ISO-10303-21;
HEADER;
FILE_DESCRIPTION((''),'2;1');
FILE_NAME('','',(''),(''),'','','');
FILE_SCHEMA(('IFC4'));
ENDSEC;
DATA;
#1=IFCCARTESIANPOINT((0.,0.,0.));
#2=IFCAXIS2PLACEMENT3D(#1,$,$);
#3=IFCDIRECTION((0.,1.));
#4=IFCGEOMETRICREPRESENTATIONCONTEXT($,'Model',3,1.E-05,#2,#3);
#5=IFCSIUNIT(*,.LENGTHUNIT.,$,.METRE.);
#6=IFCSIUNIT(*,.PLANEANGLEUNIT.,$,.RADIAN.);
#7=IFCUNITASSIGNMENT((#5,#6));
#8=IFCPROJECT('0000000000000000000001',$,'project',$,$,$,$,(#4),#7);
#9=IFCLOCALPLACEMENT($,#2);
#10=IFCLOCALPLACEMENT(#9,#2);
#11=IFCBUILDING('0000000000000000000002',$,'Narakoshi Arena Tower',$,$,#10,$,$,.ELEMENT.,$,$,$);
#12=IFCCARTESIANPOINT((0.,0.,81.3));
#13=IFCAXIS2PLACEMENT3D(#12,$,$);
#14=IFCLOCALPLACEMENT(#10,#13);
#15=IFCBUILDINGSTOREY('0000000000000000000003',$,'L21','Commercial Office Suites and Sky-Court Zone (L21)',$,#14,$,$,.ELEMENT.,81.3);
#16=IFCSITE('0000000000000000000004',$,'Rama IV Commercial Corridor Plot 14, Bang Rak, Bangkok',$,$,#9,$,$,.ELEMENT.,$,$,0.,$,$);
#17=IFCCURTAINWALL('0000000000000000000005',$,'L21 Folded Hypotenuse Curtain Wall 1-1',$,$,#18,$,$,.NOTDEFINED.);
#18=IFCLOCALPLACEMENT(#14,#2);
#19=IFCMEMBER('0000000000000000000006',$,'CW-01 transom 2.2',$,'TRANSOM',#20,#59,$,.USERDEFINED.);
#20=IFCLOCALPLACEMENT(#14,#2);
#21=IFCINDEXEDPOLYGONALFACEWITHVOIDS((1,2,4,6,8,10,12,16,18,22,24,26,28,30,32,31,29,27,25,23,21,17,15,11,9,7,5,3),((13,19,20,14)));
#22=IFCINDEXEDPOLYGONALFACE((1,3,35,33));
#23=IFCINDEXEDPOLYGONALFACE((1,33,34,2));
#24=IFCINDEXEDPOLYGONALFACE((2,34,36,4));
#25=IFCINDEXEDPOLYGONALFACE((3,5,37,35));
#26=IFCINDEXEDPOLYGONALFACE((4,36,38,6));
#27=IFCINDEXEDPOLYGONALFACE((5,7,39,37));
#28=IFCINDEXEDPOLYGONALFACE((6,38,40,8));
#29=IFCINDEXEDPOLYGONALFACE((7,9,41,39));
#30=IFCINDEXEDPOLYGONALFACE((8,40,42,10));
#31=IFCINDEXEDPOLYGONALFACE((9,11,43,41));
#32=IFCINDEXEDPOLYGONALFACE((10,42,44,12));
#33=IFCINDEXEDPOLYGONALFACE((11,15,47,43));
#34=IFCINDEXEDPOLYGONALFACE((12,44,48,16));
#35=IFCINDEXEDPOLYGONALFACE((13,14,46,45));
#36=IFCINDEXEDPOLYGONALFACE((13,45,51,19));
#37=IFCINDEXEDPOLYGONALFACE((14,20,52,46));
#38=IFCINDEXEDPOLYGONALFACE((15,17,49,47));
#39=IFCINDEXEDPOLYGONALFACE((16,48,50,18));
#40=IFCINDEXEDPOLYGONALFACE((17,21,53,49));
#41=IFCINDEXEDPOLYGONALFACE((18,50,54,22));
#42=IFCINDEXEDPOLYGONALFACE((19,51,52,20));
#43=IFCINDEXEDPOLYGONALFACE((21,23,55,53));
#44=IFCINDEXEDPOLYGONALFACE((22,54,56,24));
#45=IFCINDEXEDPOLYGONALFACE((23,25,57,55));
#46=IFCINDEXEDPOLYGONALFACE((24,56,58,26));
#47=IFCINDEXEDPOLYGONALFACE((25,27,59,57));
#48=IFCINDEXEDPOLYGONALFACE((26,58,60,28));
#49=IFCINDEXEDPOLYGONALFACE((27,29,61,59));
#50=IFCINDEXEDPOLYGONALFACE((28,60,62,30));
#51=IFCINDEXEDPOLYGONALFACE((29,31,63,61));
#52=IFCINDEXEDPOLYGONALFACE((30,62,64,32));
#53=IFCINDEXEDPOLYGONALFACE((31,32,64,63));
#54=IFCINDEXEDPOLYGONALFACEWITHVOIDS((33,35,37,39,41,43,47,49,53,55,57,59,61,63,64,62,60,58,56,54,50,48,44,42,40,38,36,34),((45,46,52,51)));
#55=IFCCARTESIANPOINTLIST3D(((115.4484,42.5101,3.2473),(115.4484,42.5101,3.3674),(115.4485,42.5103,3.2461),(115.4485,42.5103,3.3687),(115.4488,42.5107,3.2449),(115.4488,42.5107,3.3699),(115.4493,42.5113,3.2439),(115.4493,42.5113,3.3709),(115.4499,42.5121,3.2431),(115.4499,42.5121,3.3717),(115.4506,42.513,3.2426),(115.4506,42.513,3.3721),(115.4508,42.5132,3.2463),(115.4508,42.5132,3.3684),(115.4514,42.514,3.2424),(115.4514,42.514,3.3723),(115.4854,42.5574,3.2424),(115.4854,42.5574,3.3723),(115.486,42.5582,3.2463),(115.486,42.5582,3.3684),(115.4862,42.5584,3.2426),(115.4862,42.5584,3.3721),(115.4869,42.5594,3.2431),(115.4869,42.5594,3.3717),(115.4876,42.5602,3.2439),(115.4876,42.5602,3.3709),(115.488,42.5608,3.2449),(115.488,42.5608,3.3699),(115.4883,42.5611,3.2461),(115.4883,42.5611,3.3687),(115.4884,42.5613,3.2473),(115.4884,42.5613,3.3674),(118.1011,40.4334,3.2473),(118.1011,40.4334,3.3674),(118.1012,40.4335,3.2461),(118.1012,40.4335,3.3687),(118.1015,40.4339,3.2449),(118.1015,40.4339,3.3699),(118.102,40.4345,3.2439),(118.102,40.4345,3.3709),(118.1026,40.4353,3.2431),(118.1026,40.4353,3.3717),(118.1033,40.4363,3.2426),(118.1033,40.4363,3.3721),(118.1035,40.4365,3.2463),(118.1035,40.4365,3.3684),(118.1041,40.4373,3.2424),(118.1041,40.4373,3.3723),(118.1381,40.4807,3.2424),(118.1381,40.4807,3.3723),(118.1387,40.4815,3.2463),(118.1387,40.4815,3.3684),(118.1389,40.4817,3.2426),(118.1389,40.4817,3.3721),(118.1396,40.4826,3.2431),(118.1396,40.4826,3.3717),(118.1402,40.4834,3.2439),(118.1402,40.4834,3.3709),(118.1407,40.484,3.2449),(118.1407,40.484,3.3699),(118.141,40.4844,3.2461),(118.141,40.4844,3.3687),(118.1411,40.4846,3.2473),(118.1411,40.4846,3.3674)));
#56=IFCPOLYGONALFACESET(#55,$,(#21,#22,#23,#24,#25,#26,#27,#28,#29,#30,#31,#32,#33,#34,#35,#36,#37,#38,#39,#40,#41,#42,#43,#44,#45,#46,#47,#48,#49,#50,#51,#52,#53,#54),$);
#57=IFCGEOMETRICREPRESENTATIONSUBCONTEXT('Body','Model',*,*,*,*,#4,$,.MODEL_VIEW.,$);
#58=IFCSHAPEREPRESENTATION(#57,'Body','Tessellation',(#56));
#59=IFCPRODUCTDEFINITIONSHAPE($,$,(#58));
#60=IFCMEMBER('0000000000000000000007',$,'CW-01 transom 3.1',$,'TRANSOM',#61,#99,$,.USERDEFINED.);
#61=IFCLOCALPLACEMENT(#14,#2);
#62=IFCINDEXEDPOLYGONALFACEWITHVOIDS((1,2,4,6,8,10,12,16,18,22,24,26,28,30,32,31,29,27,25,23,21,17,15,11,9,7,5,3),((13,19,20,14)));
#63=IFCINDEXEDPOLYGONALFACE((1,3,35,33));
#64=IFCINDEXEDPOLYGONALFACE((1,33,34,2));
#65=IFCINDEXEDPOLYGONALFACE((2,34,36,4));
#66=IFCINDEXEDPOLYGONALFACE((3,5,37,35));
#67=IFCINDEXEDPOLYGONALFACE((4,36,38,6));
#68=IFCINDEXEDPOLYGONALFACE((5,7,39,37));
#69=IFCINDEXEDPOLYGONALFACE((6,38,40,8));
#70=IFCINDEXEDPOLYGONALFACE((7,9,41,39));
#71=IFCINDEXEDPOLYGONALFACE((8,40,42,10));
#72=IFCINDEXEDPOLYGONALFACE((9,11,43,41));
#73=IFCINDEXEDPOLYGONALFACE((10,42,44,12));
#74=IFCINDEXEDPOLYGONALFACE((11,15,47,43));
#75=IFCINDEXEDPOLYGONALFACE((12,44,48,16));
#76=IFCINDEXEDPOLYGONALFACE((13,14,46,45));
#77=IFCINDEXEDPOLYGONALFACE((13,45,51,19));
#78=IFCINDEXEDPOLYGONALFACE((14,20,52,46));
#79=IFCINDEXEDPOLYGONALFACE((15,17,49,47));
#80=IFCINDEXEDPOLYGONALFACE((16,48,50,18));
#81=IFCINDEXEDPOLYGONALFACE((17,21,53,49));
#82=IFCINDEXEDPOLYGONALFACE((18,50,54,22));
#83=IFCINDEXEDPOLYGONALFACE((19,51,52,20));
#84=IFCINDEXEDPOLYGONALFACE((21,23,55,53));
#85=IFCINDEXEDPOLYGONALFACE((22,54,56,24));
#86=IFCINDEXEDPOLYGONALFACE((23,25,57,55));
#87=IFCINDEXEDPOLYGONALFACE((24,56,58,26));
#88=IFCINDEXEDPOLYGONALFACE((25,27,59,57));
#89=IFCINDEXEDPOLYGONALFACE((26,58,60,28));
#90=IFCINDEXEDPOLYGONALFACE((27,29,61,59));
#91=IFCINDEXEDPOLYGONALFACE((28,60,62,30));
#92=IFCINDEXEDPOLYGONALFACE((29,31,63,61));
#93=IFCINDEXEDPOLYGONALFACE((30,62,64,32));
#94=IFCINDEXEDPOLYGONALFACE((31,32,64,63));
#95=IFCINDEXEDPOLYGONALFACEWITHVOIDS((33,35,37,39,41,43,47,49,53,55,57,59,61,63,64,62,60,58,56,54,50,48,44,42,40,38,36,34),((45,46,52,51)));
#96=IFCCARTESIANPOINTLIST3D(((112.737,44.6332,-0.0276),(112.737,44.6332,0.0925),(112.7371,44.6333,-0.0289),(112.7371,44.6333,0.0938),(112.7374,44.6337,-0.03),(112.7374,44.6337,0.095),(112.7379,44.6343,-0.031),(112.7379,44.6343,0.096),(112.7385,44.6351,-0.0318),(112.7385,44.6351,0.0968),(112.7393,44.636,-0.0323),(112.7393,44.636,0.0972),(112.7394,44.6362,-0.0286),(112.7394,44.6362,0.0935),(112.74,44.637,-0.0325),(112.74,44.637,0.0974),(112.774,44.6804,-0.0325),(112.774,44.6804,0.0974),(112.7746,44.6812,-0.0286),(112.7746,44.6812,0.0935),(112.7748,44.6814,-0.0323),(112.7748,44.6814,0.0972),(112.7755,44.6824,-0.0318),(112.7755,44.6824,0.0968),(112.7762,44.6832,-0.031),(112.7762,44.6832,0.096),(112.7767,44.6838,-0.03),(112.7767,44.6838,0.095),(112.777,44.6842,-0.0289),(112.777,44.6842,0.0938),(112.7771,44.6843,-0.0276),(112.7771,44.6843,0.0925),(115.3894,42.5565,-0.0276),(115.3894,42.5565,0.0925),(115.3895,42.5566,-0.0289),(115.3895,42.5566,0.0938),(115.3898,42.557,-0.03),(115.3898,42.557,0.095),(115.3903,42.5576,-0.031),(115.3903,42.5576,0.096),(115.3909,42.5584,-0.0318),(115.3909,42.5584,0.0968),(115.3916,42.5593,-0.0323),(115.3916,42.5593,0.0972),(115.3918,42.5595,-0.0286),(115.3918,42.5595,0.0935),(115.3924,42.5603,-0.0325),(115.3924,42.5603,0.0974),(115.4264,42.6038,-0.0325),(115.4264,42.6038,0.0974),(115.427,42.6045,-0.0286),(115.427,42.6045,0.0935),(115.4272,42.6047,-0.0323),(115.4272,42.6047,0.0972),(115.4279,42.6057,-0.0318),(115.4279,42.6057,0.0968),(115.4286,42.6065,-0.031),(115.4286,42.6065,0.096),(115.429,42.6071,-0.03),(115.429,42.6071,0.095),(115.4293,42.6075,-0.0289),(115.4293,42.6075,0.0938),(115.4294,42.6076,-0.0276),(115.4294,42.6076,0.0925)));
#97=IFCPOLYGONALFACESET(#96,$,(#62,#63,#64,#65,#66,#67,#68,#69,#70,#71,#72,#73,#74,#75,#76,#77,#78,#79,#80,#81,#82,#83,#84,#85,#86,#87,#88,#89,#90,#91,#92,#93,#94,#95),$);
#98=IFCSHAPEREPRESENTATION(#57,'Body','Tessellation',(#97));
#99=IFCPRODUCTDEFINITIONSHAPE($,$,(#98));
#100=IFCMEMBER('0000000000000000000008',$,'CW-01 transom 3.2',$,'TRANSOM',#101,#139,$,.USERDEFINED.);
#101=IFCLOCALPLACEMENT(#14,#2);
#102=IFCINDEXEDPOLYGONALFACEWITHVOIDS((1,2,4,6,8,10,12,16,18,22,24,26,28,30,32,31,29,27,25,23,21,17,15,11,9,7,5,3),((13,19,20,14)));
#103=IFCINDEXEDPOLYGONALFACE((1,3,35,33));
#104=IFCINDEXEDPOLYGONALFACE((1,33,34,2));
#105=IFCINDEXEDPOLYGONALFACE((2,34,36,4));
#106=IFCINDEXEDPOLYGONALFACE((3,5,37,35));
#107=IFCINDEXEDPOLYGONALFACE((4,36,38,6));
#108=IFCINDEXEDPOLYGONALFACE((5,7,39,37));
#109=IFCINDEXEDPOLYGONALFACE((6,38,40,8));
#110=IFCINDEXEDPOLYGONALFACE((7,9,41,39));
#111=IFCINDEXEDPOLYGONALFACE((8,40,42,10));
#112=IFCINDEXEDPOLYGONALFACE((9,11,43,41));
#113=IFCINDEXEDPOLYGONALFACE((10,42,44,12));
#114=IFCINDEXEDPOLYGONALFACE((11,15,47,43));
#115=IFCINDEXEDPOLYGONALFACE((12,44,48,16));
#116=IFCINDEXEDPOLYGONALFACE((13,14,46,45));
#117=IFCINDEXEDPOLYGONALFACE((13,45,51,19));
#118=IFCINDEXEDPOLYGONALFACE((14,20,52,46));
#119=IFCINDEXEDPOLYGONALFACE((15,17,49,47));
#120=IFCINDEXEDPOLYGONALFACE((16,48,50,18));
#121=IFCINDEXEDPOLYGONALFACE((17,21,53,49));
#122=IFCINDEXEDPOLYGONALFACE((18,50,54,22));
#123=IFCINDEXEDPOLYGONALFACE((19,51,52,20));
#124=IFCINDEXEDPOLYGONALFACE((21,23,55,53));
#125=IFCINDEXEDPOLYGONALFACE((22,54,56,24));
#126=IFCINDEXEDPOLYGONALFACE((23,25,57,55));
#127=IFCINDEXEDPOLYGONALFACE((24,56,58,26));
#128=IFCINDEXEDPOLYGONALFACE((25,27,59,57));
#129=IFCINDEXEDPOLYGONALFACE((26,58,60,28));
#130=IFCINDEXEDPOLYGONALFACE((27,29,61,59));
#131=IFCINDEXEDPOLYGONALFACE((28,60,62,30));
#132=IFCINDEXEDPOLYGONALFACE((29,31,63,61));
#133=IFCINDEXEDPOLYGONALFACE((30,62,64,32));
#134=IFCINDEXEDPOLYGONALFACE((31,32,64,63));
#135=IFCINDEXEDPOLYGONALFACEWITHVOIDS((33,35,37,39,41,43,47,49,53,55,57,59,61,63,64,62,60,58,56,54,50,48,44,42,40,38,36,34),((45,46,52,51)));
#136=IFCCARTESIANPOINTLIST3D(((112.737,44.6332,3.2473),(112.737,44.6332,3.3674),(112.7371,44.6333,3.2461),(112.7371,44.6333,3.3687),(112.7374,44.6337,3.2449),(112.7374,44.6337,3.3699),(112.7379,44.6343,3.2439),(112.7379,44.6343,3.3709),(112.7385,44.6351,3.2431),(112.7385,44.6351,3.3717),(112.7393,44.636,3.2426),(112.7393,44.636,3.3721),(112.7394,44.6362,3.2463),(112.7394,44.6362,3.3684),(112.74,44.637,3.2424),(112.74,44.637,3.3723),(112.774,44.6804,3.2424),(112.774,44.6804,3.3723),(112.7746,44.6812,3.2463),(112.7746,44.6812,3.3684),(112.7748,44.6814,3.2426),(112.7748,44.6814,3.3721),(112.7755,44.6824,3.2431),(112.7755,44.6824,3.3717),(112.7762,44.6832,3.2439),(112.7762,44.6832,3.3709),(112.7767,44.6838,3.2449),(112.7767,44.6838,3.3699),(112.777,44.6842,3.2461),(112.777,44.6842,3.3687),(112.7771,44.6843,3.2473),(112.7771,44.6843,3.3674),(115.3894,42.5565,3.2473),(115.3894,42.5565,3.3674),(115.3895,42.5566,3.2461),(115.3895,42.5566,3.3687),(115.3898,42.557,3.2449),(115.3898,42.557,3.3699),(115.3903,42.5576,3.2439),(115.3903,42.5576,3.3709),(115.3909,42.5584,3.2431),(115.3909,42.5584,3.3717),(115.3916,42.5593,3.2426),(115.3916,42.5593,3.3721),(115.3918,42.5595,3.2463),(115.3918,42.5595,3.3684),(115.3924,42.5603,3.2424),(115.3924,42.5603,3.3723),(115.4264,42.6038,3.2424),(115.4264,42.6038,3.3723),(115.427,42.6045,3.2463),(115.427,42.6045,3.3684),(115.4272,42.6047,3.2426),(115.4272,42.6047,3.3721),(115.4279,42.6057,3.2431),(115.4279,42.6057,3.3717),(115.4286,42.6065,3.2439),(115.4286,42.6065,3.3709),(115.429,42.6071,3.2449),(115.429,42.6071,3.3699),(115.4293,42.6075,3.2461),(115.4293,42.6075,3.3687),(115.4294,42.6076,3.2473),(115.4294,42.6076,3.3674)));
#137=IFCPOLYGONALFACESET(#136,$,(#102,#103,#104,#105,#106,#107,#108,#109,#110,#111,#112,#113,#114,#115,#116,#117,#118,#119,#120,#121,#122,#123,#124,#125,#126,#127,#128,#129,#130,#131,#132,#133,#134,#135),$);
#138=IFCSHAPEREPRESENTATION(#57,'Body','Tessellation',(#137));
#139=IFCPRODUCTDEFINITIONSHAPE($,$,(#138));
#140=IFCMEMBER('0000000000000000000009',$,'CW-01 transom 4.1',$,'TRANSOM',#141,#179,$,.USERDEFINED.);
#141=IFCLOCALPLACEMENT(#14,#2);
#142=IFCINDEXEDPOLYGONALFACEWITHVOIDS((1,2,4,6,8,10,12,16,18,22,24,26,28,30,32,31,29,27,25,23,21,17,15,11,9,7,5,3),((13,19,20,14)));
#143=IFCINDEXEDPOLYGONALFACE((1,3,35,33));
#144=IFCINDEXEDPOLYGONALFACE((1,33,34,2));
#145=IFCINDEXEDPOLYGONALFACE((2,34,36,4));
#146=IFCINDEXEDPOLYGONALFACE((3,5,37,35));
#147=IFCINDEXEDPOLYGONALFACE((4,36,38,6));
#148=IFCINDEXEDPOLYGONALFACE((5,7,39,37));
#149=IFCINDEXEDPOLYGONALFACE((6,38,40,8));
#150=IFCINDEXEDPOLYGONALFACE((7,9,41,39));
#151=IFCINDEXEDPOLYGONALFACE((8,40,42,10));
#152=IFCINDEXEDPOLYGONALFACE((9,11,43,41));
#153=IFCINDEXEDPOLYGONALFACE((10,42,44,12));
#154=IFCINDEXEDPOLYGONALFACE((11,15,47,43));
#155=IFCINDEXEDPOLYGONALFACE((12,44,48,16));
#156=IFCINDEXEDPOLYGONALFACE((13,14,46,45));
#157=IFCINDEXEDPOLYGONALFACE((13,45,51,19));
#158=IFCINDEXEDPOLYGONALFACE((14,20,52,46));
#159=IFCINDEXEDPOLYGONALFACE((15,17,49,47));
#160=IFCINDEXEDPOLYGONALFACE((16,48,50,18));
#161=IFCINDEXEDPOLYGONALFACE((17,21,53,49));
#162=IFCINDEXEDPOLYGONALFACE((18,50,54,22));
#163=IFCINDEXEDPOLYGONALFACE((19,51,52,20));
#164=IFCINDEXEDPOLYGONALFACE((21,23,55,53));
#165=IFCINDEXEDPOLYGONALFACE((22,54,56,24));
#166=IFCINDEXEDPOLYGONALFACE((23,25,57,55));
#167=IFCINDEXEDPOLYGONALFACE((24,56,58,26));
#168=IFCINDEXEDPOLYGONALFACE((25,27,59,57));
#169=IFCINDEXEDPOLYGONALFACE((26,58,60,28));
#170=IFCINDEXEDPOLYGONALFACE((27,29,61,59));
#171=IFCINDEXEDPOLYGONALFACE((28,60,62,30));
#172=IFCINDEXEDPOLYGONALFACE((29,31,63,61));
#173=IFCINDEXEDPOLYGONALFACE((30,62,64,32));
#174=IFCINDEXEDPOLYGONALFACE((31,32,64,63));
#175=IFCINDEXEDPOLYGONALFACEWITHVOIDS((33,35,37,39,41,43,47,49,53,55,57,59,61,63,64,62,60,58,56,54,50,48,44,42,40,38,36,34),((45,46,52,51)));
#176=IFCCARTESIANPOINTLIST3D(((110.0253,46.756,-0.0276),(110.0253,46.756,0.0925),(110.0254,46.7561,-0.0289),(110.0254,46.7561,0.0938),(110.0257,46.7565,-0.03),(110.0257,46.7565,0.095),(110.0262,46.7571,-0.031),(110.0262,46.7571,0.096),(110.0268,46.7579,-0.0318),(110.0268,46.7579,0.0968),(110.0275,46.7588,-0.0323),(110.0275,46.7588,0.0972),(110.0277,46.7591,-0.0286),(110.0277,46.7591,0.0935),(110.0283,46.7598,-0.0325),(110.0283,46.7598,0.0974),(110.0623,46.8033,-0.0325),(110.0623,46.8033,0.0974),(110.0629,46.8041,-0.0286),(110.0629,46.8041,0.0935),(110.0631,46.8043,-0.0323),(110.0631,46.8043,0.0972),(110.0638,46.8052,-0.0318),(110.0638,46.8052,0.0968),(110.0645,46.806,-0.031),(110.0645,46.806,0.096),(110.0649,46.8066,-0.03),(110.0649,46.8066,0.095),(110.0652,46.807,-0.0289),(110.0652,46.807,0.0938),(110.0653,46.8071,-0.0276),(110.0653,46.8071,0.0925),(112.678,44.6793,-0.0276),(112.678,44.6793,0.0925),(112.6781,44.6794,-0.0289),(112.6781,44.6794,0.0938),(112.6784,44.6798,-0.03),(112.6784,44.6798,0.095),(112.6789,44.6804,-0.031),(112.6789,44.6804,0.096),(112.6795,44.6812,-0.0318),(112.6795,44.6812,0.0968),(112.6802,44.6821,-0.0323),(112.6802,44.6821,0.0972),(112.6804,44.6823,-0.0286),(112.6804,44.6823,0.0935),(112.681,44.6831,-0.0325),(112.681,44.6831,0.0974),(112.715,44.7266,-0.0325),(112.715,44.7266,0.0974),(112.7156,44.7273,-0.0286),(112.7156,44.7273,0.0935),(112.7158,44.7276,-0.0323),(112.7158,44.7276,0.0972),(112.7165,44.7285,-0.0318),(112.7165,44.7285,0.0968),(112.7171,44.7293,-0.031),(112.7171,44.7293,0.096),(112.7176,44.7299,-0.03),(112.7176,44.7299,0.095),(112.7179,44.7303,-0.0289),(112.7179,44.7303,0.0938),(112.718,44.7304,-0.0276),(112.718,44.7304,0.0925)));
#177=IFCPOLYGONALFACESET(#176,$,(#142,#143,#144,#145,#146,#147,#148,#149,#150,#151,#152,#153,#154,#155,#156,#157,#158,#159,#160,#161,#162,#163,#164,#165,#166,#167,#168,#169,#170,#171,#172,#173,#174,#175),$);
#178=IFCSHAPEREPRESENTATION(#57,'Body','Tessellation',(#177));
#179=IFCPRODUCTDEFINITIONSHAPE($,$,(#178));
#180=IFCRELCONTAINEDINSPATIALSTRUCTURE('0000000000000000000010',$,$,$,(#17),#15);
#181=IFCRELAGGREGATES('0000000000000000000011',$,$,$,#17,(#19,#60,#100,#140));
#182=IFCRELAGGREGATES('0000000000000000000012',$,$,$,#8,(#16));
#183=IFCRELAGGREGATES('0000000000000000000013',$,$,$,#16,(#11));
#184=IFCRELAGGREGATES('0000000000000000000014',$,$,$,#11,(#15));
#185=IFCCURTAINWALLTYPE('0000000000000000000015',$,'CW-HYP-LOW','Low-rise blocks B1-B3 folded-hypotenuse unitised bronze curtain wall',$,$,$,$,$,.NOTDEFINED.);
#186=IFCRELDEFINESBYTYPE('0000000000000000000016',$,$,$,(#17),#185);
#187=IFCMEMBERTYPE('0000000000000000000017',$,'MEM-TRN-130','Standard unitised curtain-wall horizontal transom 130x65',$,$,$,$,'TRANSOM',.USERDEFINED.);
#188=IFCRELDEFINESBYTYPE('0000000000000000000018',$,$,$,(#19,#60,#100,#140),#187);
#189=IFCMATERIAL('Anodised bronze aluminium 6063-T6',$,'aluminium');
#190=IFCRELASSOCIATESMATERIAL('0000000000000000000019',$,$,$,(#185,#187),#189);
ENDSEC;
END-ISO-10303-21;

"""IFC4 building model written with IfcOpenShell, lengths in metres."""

from ifc_helpers import new_model, si_unit, direction, frame, origin, origin_2d, place, context, subcontext, project, spatial, hollow_rectangle, extrude, material, material_profile, profile_set, type_object, element, aggregate, save


model = new_model("IFC4")

# Units and contexts
model_context = context("Model", 3, precision=1e-05, world=origin(), true_north=direction((0.0, 1.0)))
body_context = subcontext(model_context, "Body", "Model", "MODEL_VIEW")
ifc_project = project(units=[si_unit("LENGTHUNIT", "METRE"), si_unit("PLANEANGLEUNIT", "RADIAN")], contexts=[model_context])

# Site, building, storey
site_placement = place(None, origin())
site = spatial("IfcSite", under=ifc_project, at=site_placement, Name="Rama IV Commercial Corridor Plot 14, Bang Rak, Bangkok", CompositionType="ELEMENT", RefElevation=0.0)
building_placement = place(site_placement, origin())
building = spatial("IfcBuilding", under=site, at=building_placement, Name="Narakoshi Arena Tower", CompositionType="ELEMENT")
storey_placement = place(building_placement, frame((0.0, 0.0, 81.3)))
storey = spatial("IfcBuildingStorey", under=building, at=storey_placement, Name="L21", Description="Commercial Office Suites and Sky-Court Zone (L21)", CompositionType="ELEMENT", Elevation=81.3)

# Curtain wall, members
ifc_material_1 = material(Name="Anodised bronze aluminium 6063-T6", Category="aluminium")
curtain_wall_type = type_object("IfcCurtainWallType", Name="CW-HYP-LOW", Description="Low-rise blocks B1-B3 folded-hypotenuse unitised bronze curtain wall", PredefinedType="NOTDEFINED", material=ifc_material_1)
curtain_wall_placement = place(storey_placement, origin())
curtain_wall = element("IfcCurtainWall", 1, at=curtain_wall_placement, inside=storey, type_object=curtain_wall_type, Name="L21 Folded Hypotenuse Curtain Wall 1-1", PredefinedType="NOTDEFINED")
ifc_material_profile_1 = material_profile(ifc_material_1, hollow_rectangle(XDim=0.0649, YDim=0.1299, WallThickness=0.0039, OuterFilletRadius=0.0049, at=origin_2d()), Name="TRN130x65x4")
ifc_profile_set_1 = profile_set([ifc_material_profile_1], Name="Anodised bronze aluminium 6063-T6")
member_type_1 = type_object("IfcMemberType", Name="MEM-TRN-130", Description="Standard unitised curtain-wall horizontal transom 130x65", ElementType="TRANSOM", PredefinedType="USERDEFINED", material=ifc_profile_set_1)
member_1_placement = place(storey_placement, frame((118.1211, 40.459, 3.3074), z_axis=(-0.787401, 0.616441, 0.0), x_axis=(-0.616441, -0.787401, 0.0)))
member_1 = element("IfcMember", 2, at=member_1_placement, type_object=member_type_1, Name="CW-01 transom 2.2", ObjectType="TRANSOM", PredefinedType="USERDEFINED", context=body_context, shape_type="SweptSolid", body=[
    extrude(hollow_rectangle(XDim=0.0649, YDim=0.1299, WallThickness=0.0039, OuterFilletRadius=0.0049, at=origin_2d()), origin(), (0.0, 0.0, 1.0), 3.3689),
])
member_2_placement = place(storey_placement, frame((115.4094, 42.582, 0.0325), z_axis=(-0.787373, 0.616476, 0.0), x_axis=(-0.616476, -0.787373, 0.0)))
member_2 = element("IfcMember", 3, at=member_2_placement, type_object=member_type_1, Name="CW-01 transom 3.1", ObjectType="TRANSOM", PredefinedType="USERDEFINED", context=body_context, shape_type="SweptSolid", body=[
    extrude(hollow_rectangle(XDim=0.0649, YDim=0.1299, WallThickness=0.0039, OuterFilletRadius=0.0049, at=origin_2d()), origin(), (0.0, 0.0, 1.0), 3.3687),
])
member_3_placement = place(storey_placement, frame((115.4094, 42.582, 3.3074), z_axis=(-0.787373, 0.616476, 0.0), x_axis=(-0.616476, -0.787373, 0.0)))
member_3 = element("IfcMember", 4, at=member_3_placement, type_object=member_type_1, Name="CW-01 transom 3.2", ObjectType="TRANSOM", PredefinedType="USERDEFINED", context=body_context, shape_type="SweptSolid", body=[
    extrude(hollow_rectangle(XDim=0.0649, YDim=0.1299, WallThickness=0.0039, OuterFilletRadius=0.0049, at=origin_2d()), origin(), (0.0, 0.0, 1.0), 3.3687),
])
member_4_placement = place(storey_placement, frame((112.698, 44.7048, 0.0325), z_axis=(-0.787401, 0.616441, 0.0), x_axis=(-0.616441, -0.787401, 0.0)))
member_4 = element("IfcMember", 5, at=member_4_placement, type_object=member_type_1, Name="CW-01 transom 4.1", ObjectType="TRANSOM", PredefinedType="USERDEFINED", context=body_context, shape_type="SweptSolid", body=[
    extrude(hollow_rectangle(XDim=0.0649, YDim=0.1299, WallThickness=0.0039, OuterFilletRadius=0.0049, at=origin_2d()), origin(), (0.0, 0.0, 1.0), 3.3689),
])
aggregate(curtain_wall, [member_1, member_2, member_3, member_4])

save(model, "model.ifc")
